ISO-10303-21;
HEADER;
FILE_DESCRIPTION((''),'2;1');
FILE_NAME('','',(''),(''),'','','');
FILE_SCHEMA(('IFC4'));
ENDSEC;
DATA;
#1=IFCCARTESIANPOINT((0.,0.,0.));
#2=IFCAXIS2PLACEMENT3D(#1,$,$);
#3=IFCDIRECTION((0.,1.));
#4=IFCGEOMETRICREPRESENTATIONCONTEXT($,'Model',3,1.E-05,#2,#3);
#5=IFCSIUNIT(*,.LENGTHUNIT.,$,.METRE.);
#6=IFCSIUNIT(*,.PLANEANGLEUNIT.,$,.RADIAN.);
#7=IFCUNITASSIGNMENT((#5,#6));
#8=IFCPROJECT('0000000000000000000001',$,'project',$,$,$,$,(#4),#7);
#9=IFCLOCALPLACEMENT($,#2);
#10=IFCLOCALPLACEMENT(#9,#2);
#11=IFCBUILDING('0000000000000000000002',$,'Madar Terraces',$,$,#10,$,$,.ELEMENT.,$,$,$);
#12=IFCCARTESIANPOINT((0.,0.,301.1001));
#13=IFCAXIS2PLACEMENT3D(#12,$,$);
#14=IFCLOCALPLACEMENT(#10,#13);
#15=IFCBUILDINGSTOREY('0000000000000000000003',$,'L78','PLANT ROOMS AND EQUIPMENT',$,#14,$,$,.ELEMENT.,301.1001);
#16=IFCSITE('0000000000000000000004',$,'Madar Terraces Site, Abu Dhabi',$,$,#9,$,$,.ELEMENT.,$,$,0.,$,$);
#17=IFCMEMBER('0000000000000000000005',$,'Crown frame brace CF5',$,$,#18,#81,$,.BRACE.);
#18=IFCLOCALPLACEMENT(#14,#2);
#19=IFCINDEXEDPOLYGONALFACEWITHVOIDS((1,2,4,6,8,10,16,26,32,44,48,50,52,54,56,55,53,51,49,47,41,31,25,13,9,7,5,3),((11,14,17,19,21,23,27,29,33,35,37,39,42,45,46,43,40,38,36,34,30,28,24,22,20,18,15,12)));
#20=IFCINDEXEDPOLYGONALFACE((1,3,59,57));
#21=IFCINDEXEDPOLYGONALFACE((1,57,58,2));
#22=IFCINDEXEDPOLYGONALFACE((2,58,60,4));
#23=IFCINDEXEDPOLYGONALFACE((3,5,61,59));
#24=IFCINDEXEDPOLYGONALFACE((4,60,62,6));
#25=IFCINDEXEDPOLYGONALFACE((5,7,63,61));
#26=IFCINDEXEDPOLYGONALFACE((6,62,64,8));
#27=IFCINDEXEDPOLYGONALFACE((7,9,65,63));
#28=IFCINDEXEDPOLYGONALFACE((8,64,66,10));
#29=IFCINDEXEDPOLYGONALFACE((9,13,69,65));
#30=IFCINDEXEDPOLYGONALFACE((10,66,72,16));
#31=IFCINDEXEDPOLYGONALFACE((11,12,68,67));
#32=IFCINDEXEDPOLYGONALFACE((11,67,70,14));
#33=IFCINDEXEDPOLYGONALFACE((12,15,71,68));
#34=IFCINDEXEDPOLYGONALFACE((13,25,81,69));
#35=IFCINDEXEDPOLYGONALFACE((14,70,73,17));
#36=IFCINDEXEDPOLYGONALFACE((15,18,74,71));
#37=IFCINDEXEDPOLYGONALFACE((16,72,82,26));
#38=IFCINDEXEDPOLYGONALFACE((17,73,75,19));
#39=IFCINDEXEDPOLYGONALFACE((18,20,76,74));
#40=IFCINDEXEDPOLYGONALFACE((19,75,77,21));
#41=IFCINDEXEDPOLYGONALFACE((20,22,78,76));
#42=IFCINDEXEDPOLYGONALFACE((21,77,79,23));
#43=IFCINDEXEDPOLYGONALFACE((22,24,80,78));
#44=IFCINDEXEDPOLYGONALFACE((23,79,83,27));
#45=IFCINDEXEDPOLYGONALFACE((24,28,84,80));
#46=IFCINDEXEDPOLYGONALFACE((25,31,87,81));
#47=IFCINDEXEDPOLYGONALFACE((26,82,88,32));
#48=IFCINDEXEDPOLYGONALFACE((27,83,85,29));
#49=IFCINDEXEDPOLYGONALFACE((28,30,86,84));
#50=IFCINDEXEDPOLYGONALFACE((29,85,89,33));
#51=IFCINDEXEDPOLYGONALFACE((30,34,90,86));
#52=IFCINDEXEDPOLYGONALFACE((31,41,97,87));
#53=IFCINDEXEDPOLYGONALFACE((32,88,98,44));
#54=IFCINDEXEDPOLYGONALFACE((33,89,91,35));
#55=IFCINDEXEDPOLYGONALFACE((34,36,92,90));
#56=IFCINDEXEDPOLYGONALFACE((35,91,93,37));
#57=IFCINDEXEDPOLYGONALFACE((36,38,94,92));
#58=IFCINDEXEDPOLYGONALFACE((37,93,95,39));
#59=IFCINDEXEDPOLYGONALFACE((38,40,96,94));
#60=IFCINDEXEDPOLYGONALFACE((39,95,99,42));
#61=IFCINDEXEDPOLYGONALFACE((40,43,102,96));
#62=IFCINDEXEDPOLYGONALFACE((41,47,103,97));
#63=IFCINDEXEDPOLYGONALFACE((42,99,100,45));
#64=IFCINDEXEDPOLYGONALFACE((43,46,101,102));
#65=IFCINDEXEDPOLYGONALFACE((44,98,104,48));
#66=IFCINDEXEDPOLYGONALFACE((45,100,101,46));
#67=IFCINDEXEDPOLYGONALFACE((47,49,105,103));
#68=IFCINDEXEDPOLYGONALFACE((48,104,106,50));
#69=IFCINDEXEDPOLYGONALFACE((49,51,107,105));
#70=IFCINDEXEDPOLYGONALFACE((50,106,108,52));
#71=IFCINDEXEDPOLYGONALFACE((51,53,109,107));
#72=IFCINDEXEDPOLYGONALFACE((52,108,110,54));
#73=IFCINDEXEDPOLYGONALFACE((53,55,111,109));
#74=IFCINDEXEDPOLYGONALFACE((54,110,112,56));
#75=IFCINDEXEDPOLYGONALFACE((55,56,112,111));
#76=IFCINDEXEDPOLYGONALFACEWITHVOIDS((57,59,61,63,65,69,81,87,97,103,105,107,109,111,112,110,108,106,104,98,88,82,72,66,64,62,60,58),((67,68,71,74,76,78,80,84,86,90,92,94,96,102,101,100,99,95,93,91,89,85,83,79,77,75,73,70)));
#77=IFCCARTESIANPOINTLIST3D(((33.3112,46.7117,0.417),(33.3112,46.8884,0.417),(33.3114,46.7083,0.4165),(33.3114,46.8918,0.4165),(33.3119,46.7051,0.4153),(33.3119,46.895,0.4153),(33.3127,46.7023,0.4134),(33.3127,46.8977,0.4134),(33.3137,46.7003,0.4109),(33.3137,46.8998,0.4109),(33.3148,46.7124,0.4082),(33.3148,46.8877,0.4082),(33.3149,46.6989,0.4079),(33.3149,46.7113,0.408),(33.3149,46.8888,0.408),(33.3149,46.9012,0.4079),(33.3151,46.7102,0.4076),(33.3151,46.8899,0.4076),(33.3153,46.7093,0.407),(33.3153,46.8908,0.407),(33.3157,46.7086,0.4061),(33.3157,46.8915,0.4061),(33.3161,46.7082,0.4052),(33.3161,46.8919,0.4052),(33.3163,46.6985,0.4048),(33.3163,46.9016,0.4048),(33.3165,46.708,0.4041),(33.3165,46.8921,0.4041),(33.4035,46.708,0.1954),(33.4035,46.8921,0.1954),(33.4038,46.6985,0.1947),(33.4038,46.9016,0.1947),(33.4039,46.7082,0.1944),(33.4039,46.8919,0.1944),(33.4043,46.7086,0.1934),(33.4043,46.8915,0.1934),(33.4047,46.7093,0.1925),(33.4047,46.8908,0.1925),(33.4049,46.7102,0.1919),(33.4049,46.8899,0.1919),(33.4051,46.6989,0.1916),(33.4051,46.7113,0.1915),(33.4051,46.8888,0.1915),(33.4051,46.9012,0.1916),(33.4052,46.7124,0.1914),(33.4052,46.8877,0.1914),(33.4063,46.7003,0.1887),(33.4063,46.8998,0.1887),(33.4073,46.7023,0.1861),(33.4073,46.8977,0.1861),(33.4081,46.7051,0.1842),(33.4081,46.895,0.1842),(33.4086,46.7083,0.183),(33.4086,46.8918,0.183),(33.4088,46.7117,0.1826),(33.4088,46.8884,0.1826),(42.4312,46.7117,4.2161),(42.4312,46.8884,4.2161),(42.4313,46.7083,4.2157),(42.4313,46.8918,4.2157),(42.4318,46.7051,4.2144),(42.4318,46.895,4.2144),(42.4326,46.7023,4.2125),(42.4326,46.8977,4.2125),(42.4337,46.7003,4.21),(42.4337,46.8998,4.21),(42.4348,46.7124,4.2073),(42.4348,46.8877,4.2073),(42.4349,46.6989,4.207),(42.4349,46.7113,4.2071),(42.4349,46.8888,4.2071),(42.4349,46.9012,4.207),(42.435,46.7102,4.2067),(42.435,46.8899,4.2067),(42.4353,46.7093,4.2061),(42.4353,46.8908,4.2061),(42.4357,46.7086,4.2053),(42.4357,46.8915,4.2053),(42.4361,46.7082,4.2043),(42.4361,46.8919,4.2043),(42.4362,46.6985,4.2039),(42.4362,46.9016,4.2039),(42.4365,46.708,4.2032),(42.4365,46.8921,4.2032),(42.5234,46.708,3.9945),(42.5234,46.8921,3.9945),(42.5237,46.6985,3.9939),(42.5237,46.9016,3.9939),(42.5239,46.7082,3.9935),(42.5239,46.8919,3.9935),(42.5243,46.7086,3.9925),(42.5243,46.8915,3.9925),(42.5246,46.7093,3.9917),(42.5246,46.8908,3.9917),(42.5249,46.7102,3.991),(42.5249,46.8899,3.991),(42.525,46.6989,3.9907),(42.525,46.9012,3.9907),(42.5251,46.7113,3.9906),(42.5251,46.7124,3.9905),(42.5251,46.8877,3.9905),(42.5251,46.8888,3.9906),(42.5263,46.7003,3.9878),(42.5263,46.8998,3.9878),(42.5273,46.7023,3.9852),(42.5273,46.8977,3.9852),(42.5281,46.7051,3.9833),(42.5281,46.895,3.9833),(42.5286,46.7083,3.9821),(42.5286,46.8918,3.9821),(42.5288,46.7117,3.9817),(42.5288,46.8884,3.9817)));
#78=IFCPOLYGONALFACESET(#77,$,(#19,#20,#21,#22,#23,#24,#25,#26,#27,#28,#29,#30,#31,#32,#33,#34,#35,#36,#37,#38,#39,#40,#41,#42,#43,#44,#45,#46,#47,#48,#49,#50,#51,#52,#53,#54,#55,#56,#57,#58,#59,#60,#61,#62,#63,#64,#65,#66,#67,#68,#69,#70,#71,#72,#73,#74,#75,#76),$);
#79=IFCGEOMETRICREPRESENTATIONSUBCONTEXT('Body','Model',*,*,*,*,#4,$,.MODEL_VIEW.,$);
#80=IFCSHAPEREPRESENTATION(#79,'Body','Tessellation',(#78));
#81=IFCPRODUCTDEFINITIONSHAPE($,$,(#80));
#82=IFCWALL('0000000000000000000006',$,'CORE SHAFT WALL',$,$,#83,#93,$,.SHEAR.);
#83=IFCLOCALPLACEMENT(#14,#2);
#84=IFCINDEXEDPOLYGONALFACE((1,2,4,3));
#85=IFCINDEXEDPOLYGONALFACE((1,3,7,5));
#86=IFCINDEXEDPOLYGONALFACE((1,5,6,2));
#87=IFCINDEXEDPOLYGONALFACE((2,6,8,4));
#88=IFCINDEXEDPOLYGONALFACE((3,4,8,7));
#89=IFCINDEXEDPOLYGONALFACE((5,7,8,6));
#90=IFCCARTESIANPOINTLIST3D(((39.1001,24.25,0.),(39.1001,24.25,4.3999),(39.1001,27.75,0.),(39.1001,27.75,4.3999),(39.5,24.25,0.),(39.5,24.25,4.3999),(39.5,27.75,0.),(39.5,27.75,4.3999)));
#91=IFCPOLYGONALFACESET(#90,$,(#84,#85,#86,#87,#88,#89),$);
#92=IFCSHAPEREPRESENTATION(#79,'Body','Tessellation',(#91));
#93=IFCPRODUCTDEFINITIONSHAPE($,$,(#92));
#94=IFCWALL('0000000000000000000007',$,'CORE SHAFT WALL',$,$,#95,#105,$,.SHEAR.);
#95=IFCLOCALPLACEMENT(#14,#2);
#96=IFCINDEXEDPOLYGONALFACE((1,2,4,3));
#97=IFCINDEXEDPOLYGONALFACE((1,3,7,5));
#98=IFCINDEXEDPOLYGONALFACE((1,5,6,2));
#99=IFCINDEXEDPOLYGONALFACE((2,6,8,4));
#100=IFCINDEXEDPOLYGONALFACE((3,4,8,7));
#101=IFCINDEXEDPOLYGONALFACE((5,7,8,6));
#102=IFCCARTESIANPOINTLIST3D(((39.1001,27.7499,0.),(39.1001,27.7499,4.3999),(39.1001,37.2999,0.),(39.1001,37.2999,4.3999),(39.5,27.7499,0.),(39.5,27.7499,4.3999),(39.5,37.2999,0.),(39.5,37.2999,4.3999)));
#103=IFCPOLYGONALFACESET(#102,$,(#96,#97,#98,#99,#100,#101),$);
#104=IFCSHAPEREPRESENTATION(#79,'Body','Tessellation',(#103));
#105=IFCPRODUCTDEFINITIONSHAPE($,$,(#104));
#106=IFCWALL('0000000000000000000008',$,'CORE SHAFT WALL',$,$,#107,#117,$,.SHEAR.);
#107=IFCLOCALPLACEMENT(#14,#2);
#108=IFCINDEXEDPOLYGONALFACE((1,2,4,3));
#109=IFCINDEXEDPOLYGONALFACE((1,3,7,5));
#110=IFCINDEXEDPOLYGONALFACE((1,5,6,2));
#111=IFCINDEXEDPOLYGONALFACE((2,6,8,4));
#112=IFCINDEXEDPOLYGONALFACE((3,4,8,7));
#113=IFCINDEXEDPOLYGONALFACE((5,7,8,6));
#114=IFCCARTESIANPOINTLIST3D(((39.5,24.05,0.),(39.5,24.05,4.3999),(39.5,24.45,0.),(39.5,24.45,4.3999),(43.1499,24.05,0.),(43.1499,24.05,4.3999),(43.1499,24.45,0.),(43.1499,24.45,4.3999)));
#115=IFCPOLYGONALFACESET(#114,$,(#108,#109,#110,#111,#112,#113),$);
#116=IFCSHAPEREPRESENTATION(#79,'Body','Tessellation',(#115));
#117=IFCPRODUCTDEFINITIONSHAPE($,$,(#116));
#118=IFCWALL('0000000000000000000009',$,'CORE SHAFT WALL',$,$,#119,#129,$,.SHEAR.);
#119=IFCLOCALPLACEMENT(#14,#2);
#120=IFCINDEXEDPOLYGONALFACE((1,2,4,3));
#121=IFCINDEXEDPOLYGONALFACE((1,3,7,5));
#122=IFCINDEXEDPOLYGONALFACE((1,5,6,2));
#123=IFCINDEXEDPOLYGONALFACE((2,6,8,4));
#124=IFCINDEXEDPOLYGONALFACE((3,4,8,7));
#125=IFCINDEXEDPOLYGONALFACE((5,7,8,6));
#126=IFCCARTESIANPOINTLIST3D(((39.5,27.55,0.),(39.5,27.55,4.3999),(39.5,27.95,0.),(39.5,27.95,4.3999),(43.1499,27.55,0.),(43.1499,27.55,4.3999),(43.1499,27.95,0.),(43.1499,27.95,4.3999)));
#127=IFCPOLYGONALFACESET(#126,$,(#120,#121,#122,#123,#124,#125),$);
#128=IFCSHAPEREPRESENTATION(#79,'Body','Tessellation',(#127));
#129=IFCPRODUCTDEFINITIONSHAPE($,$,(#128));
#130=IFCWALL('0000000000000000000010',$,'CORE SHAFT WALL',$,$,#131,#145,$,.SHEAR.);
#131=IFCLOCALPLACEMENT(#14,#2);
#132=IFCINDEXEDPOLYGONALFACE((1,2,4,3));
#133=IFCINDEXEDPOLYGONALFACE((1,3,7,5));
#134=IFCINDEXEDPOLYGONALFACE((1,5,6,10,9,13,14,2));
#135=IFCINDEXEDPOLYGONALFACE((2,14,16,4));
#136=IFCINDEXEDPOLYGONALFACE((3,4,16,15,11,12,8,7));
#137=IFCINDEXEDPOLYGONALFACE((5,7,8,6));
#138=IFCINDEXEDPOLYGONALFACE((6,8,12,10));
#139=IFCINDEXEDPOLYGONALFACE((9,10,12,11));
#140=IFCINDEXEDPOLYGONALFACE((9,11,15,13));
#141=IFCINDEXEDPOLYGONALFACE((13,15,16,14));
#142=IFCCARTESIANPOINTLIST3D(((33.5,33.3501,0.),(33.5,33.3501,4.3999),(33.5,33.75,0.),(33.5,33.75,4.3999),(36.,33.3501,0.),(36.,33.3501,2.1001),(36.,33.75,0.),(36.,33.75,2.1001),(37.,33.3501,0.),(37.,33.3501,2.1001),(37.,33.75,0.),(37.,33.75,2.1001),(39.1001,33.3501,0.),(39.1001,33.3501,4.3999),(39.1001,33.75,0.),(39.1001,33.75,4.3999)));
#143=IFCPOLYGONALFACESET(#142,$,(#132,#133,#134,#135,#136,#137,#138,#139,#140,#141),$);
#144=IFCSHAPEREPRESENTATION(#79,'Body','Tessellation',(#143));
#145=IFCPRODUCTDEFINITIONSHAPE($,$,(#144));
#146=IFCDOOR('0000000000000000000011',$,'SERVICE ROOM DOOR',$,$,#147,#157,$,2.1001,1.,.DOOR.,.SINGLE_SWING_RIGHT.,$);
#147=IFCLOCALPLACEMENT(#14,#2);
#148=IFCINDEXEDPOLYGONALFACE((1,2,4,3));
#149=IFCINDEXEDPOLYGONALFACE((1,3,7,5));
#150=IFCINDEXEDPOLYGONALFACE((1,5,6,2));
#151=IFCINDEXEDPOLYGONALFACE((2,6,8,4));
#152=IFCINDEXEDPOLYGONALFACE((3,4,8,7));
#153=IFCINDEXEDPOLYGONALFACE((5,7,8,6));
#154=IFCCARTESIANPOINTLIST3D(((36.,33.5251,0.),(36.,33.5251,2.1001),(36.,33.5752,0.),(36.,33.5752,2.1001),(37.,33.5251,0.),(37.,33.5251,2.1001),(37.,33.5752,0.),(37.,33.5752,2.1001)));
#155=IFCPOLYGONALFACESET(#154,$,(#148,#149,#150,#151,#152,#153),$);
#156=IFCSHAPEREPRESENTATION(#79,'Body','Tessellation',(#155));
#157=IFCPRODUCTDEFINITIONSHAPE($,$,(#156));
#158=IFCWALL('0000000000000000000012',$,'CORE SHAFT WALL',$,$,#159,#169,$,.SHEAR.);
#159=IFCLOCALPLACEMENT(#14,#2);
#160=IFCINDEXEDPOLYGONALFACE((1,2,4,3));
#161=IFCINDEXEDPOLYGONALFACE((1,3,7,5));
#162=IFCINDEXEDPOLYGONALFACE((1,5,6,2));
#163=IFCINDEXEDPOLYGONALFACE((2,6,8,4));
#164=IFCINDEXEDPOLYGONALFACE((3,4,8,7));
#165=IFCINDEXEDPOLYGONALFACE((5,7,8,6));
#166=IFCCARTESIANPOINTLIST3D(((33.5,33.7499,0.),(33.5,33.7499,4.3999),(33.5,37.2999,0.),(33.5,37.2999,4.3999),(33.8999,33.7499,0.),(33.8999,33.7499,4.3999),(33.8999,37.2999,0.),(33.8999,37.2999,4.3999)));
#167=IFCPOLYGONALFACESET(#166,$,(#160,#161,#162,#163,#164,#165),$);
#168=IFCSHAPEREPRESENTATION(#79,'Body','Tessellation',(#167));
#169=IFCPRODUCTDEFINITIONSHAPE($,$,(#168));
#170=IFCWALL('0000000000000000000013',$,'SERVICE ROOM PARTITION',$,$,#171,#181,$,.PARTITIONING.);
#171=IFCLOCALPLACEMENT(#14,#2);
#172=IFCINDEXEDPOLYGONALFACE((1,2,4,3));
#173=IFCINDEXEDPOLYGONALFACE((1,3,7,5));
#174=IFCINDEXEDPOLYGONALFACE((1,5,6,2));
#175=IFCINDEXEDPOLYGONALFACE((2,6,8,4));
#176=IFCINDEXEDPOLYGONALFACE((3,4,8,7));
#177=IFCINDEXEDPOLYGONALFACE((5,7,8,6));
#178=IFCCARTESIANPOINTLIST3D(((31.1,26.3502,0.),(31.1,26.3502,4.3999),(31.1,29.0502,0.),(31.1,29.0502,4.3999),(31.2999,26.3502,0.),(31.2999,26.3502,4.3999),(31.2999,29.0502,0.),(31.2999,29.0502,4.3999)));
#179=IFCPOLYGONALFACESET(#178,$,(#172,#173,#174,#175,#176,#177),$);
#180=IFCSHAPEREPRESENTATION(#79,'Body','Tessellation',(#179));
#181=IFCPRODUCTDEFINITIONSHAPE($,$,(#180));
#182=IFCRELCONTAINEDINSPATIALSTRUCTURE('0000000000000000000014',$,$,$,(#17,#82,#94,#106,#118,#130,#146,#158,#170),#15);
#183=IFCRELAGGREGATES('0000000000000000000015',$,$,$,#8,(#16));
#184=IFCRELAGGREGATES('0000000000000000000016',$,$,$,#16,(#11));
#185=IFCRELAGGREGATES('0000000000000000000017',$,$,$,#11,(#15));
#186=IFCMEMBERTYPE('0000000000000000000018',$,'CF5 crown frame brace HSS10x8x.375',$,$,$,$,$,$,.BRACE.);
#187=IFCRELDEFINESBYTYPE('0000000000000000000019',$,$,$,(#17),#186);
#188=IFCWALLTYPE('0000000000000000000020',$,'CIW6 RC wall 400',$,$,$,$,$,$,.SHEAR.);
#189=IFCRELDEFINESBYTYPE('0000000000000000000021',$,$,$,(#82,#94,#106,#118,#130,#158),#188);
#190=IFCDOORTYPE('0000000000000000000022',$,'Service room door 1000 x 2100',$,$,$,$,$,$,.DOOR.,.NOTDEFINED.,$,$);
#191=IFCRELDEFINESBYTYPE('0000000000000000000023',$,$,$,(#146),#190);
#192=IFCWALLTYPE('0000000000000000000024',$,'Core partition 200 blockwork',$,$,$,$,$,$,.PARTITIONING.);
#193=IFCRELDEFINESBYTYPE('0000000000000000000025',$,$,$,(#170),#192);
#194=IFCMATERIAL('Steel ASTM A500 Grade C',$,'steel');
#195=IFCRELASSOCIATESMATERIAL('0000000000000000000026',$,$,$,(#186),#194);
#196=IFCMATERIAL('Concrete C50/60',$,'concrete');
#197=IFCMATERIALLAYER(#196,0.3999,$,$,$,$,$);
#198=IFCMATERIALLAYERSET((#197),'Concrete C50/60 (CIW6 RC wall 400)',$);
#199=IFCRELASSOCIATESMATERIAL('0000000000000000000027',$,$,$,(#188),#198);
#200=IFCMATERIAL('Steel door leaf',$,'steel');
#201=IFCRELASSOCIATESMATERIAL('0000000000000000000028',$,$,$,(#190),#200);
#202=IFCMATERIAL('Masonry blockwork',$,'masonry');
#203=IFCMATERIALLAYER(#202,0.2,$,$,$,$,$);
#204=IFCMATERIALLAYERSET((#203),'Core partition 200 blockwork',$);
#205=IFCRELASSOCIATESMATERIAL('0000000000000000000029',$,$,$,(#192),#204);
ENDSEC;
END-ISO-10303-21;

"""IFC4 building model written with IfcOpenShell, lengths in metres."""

from ifc_helpers import new_model, si_unit, direction, frame, frame_2d, origin, origin_2d, place, context, subcontext, project, spatial, rectangle, hollow_rectangle, extrude, material, layer, layer_set, material_profile, profile_set, type_object, element, fill, save


model = new_model("IFC4")

# Units and contexts
model_context = context("Model", 3, precision=1e-05, world=origin(), true_north=direction((0.0, 1.0)))
body_context = subcontext(model_context, "Body", "Model", "MODEL_VIEW")
ifc_project = project(units=[si_unit("LENGTHUNIT", "METRE"), si_unit("PLANEANGLEUNIT", "RADIAN")], contexts=[model_context])

# Site, building, storey
site_placement = place(None, origin())
site = spatial("IfcSite", under=ifc_project, at=site_placement, Name="Madar Terraces Site, Abu Dhabi", CompositionType="ELEMENT", RefElevation=0.0)
building_placement = place(site_placement, origin())
building = spatial("IfcBuilding", under=site, at=building_placement, Name="Madar Terraces", CompositionType="ELEMENT")
storey_placement = place(building_placement, frame((0.0, 0.0, 301.1001)))
storey = spatial("IfcBuildingStorey", under=building, at=storey_placement, Name="L78", Description="PLANT ROOMS AND EQUIPMENT", CompositionType="ELEMENT", Elevation=301.1001)

# Member
ifc_material_1 = material(Name="Steel ASTM A500 Grade C", Category="steel")
ifc_material_profile_1 = material_profile(ifc_material_1, hollow_rectangle(XDim=0.2031, YDim=0.2539, WallThickness=0.0095, InnerFilletRadius=0.0044, OuterFilletRadius=0.0132, at=origin_2d()), Name="HSS10x8x.375")
ifc_profile_set_1 = profile_set([ifc_material_profile_1], Name="Steel ASTM A500 Grade C")
member_type = type_object("IfcMemberType", Name="CF5 crown frame brace HSS10x8x.375", PredefinedType="BRACE", material=ifc_profile_set_1)
member_placement = place(storey_placement, frame((42.48, 46.8, 4.0989), z_axis=(-0.923108, 0.0, -0.38454), x_axis=(0.0, -1.0, 0.0)))
element("IfcMember", 1, at=member_placement, inside=storey, type_object=member_type, Name="Crown frame brace CF5", PredefinedType="BRACE", context=body_context, shape_type="SweptSolid", body=[
    extrude(hollow_rectangle(XDim=0.2031, YDim=0.2539, WallThickness=0.0095, InnerFilletRadius=0.0044, OuterFilletRadius=0.0132, at=origin_2d()), origin(), (0.0, 0.0, 1.0), 9.8796),
])

# Walls
ifc_material_2 = material(Name="Concrete C50/60", Category="concrete")
ifc_layer_1 = layer(ifc_material_2, 0.3999)
ifc_layer_set_1 = layer_set([ifc_layer_1], Name="Concrete C50/60 (CIW6 RC wall 400)")
wall_type_1 = type_object("IfcWallType", Name="CIW6 RC wall 400", PredefinedType="SHEAR", material=ifc_layer_set_1)
wall_1_placement = place(storey_placement, frame((39.3, 24.25, 0.0), z_axis=(0.0, 0.0, 1.0), x_axis=(0.0, 1.0, 0.0)))
element("IfcWall", 2, at=wall_1_placement, inside=storey, type_object=wall_type_1, Name="CORE SHAFT WALL", PredefinedType="SHEAR", context=body_context, shape_type="SweptSolid", body=[
    extrude(rectangle(XDim=3.5, YDim=0.3999, at=frame_2d((1.75, 0.0))), origin(), (0.0, 0.0, 1.0), 4.3999),
])
wall_2_placement = place(storey_placement, frame((39.3, 27.75, 0.0), z_axis=(0.0, 0.0, 1.0), x_axis=(0.0, 1.0, 0.0)))
element("IfcWall", 3, at=wall_2_placement, inside=storey, type_object=wall_type_1, Name="CORE SHAFT WALL", PredefinedType="SHEAR", context=body_context, shape_type="SweptSolid", body=[
    extrude(rectangle(XDim=9.55, YDim=0.3999, at=frame_2d((4.7749, 0.0))), origin(), (0.0, 0.0, 1.0), 4.3999),
])
for number, where, z_axis, x_axis, name in (
    (4, (39.5, 24.25, 0.0), (0.0, 0.0, 1.0), (1.0, 0.0, 0.0), "CORE SHAFT WALL"),
    (5, (39.5, 27.75, 0.0), (0.0, 0.0, 1.0), (1.0, 0.0, 0.0), "CORE SHAFT WALL"),
):
    element("IfcWall", number, at=place(storey_placement, frame(where, z_axis=z_axis, x_axis=x_axis)), inside=storey, type_object=wall_type_1, Name=name, PredefinedType="SHEAR", context=body_context, shape_type="SweptSolid", body=[
        extrude(rectangle(XDim=3.6499, YDim=0.3999, at=frame_2d((1.825, 0.0))), origin(), (0.0, 0.0, 1.0), 4.3999),
    ])

# Wall, opening, door
wall_3_placement = place(storey_placement, frame((33.5, 33.55, 0.0), z_axis=(0.0, 0.0, 1.0), x_axis=(1.0, 0.0, 0.0)))
wall_3 = element("IfcWall", 6, at=wall_3_placement, inside=storey, type_object=wall_type_1, Name="CORE SHAFT WALL", PredefinedType="SHEAR", context=body_context, shape_type="SweptSolid", body=[
    extrude(rectangle(XDim=5.6001, YDim=0.3999, at=frame_2d((2.8, 0.0))), origin(), (0.0, 0.0, 1.0), 4.3999),
])
opening_placement = place(wall_3_placement, frame((2.5, 0.0, 0.0)))
opening = element("IfcOpeningElement", 7, at=opening_placement, cuts=wall_3, PredefinedType="OPENING", context=body_context, shape_type="SweptSolid", body=[
    extrude(rectangle(XDim=1.0, YDim=2.1001, at=frame_2d((0.5, 1.05))), frame((0.0, 0.21, 0.0), z_axis=(0.0, -1.0, 0.0), x_axis=(1.0, 0.0, 0.0)), (0.0, 0.0, 1.0), 0.4199),
])
ifc_material_3 = material(Name="Steel door leaf", Category="steel")
door_type = type_object("IfcDoorType", Name="Service room door 1000 x 2100", OperationType="NOTDEFINED", PredefinedType="DOOR", material=ifc_material_3)
door_placement = place(opening_placement, frame((1.0, 0.0, 0.0), z_axis=(0.0, 0.0, 1.0), x_axis=(-1.0, 0.0, 0.0)))
door = element("IfcDoor", 8, at=door_placement, inside=storey, type_object=door_type, Name="SERVICE ROOM DOOR", OperationType="SINGLE_SWING_RIGHT", OverallHeight=2.1001, OverallWidth=1.0, PredefinedType="DOOR", context=body_context, shape_type="SweptSolid", body=[
    extrude(rectangle(XDim=1.0, YDim=2.1001, at=frame_2d((0.5, 1.05))), frame((0.0, 0.0249, 0.0), z_axis=(0.0, -1.0, 0.0), x_axis=(1.0, 0.0, 0.0)), (0.0, 0.0, 1.0), 0.05),
])
fill(opening, door)

# Walls
wall_4_placement = place(storey_placement, frame((33.7, 33.75, 0.0), z_axis=(0.0, 0.0, 1.0), x_axis=(0.0, 1.0, 0.0)))
element("IfcWall", 9, at=wall_4_placement, inside=storey, type_object=wall_type_1, Name="CORE SHAFT WALL", PredefinedType="SHEAR", context=body_context, shape_type="SweptSolid", body=[
    extrude(rectangle(XDim=3.55, YDim=0.3999, at=frame_2d((1.7749, 0.0))), origin(), (0.0, 0.0, 1.0), 4.3999),
])
ifc_material_4 = material(Name="Masonry blockwork", Category="masonry")
ifc_layer_2 = layer(ifc_material_4, 0.2)
ifc_layer_set_2 = layer_set([ifc_layer_2], Name="Core partition 200 blockwork")
wall_type_2 = type_object("IfcWallType", Name="Core partition 200 blockwork", PredefinedType="PARTITIONING", material=ifc_layer_set_2)
wall_5_placement = place(storey_placement, frame((31.2, 26.3501, 0.0), z_axis=(0.0, 0.0, 1.0), x_axis=(0.0, 1.0, 0.0)))
element("IfcWall", 10, at=wall_5_placement, inside=storey, type_object=wall_type_2, Name="SERVICE ROOM PARTITION", PredefinedType="PARTITIONING", context=body_context, shape_type="SweptSolid", body=[
    extrude(rectangle(XDim=2.7, YDim=0.2, at=frame_2d((1.3501, 0.0))), origin(), (0.0, 0.0, 1.0), 4.3999),
])

save(model, "model.ifc")
